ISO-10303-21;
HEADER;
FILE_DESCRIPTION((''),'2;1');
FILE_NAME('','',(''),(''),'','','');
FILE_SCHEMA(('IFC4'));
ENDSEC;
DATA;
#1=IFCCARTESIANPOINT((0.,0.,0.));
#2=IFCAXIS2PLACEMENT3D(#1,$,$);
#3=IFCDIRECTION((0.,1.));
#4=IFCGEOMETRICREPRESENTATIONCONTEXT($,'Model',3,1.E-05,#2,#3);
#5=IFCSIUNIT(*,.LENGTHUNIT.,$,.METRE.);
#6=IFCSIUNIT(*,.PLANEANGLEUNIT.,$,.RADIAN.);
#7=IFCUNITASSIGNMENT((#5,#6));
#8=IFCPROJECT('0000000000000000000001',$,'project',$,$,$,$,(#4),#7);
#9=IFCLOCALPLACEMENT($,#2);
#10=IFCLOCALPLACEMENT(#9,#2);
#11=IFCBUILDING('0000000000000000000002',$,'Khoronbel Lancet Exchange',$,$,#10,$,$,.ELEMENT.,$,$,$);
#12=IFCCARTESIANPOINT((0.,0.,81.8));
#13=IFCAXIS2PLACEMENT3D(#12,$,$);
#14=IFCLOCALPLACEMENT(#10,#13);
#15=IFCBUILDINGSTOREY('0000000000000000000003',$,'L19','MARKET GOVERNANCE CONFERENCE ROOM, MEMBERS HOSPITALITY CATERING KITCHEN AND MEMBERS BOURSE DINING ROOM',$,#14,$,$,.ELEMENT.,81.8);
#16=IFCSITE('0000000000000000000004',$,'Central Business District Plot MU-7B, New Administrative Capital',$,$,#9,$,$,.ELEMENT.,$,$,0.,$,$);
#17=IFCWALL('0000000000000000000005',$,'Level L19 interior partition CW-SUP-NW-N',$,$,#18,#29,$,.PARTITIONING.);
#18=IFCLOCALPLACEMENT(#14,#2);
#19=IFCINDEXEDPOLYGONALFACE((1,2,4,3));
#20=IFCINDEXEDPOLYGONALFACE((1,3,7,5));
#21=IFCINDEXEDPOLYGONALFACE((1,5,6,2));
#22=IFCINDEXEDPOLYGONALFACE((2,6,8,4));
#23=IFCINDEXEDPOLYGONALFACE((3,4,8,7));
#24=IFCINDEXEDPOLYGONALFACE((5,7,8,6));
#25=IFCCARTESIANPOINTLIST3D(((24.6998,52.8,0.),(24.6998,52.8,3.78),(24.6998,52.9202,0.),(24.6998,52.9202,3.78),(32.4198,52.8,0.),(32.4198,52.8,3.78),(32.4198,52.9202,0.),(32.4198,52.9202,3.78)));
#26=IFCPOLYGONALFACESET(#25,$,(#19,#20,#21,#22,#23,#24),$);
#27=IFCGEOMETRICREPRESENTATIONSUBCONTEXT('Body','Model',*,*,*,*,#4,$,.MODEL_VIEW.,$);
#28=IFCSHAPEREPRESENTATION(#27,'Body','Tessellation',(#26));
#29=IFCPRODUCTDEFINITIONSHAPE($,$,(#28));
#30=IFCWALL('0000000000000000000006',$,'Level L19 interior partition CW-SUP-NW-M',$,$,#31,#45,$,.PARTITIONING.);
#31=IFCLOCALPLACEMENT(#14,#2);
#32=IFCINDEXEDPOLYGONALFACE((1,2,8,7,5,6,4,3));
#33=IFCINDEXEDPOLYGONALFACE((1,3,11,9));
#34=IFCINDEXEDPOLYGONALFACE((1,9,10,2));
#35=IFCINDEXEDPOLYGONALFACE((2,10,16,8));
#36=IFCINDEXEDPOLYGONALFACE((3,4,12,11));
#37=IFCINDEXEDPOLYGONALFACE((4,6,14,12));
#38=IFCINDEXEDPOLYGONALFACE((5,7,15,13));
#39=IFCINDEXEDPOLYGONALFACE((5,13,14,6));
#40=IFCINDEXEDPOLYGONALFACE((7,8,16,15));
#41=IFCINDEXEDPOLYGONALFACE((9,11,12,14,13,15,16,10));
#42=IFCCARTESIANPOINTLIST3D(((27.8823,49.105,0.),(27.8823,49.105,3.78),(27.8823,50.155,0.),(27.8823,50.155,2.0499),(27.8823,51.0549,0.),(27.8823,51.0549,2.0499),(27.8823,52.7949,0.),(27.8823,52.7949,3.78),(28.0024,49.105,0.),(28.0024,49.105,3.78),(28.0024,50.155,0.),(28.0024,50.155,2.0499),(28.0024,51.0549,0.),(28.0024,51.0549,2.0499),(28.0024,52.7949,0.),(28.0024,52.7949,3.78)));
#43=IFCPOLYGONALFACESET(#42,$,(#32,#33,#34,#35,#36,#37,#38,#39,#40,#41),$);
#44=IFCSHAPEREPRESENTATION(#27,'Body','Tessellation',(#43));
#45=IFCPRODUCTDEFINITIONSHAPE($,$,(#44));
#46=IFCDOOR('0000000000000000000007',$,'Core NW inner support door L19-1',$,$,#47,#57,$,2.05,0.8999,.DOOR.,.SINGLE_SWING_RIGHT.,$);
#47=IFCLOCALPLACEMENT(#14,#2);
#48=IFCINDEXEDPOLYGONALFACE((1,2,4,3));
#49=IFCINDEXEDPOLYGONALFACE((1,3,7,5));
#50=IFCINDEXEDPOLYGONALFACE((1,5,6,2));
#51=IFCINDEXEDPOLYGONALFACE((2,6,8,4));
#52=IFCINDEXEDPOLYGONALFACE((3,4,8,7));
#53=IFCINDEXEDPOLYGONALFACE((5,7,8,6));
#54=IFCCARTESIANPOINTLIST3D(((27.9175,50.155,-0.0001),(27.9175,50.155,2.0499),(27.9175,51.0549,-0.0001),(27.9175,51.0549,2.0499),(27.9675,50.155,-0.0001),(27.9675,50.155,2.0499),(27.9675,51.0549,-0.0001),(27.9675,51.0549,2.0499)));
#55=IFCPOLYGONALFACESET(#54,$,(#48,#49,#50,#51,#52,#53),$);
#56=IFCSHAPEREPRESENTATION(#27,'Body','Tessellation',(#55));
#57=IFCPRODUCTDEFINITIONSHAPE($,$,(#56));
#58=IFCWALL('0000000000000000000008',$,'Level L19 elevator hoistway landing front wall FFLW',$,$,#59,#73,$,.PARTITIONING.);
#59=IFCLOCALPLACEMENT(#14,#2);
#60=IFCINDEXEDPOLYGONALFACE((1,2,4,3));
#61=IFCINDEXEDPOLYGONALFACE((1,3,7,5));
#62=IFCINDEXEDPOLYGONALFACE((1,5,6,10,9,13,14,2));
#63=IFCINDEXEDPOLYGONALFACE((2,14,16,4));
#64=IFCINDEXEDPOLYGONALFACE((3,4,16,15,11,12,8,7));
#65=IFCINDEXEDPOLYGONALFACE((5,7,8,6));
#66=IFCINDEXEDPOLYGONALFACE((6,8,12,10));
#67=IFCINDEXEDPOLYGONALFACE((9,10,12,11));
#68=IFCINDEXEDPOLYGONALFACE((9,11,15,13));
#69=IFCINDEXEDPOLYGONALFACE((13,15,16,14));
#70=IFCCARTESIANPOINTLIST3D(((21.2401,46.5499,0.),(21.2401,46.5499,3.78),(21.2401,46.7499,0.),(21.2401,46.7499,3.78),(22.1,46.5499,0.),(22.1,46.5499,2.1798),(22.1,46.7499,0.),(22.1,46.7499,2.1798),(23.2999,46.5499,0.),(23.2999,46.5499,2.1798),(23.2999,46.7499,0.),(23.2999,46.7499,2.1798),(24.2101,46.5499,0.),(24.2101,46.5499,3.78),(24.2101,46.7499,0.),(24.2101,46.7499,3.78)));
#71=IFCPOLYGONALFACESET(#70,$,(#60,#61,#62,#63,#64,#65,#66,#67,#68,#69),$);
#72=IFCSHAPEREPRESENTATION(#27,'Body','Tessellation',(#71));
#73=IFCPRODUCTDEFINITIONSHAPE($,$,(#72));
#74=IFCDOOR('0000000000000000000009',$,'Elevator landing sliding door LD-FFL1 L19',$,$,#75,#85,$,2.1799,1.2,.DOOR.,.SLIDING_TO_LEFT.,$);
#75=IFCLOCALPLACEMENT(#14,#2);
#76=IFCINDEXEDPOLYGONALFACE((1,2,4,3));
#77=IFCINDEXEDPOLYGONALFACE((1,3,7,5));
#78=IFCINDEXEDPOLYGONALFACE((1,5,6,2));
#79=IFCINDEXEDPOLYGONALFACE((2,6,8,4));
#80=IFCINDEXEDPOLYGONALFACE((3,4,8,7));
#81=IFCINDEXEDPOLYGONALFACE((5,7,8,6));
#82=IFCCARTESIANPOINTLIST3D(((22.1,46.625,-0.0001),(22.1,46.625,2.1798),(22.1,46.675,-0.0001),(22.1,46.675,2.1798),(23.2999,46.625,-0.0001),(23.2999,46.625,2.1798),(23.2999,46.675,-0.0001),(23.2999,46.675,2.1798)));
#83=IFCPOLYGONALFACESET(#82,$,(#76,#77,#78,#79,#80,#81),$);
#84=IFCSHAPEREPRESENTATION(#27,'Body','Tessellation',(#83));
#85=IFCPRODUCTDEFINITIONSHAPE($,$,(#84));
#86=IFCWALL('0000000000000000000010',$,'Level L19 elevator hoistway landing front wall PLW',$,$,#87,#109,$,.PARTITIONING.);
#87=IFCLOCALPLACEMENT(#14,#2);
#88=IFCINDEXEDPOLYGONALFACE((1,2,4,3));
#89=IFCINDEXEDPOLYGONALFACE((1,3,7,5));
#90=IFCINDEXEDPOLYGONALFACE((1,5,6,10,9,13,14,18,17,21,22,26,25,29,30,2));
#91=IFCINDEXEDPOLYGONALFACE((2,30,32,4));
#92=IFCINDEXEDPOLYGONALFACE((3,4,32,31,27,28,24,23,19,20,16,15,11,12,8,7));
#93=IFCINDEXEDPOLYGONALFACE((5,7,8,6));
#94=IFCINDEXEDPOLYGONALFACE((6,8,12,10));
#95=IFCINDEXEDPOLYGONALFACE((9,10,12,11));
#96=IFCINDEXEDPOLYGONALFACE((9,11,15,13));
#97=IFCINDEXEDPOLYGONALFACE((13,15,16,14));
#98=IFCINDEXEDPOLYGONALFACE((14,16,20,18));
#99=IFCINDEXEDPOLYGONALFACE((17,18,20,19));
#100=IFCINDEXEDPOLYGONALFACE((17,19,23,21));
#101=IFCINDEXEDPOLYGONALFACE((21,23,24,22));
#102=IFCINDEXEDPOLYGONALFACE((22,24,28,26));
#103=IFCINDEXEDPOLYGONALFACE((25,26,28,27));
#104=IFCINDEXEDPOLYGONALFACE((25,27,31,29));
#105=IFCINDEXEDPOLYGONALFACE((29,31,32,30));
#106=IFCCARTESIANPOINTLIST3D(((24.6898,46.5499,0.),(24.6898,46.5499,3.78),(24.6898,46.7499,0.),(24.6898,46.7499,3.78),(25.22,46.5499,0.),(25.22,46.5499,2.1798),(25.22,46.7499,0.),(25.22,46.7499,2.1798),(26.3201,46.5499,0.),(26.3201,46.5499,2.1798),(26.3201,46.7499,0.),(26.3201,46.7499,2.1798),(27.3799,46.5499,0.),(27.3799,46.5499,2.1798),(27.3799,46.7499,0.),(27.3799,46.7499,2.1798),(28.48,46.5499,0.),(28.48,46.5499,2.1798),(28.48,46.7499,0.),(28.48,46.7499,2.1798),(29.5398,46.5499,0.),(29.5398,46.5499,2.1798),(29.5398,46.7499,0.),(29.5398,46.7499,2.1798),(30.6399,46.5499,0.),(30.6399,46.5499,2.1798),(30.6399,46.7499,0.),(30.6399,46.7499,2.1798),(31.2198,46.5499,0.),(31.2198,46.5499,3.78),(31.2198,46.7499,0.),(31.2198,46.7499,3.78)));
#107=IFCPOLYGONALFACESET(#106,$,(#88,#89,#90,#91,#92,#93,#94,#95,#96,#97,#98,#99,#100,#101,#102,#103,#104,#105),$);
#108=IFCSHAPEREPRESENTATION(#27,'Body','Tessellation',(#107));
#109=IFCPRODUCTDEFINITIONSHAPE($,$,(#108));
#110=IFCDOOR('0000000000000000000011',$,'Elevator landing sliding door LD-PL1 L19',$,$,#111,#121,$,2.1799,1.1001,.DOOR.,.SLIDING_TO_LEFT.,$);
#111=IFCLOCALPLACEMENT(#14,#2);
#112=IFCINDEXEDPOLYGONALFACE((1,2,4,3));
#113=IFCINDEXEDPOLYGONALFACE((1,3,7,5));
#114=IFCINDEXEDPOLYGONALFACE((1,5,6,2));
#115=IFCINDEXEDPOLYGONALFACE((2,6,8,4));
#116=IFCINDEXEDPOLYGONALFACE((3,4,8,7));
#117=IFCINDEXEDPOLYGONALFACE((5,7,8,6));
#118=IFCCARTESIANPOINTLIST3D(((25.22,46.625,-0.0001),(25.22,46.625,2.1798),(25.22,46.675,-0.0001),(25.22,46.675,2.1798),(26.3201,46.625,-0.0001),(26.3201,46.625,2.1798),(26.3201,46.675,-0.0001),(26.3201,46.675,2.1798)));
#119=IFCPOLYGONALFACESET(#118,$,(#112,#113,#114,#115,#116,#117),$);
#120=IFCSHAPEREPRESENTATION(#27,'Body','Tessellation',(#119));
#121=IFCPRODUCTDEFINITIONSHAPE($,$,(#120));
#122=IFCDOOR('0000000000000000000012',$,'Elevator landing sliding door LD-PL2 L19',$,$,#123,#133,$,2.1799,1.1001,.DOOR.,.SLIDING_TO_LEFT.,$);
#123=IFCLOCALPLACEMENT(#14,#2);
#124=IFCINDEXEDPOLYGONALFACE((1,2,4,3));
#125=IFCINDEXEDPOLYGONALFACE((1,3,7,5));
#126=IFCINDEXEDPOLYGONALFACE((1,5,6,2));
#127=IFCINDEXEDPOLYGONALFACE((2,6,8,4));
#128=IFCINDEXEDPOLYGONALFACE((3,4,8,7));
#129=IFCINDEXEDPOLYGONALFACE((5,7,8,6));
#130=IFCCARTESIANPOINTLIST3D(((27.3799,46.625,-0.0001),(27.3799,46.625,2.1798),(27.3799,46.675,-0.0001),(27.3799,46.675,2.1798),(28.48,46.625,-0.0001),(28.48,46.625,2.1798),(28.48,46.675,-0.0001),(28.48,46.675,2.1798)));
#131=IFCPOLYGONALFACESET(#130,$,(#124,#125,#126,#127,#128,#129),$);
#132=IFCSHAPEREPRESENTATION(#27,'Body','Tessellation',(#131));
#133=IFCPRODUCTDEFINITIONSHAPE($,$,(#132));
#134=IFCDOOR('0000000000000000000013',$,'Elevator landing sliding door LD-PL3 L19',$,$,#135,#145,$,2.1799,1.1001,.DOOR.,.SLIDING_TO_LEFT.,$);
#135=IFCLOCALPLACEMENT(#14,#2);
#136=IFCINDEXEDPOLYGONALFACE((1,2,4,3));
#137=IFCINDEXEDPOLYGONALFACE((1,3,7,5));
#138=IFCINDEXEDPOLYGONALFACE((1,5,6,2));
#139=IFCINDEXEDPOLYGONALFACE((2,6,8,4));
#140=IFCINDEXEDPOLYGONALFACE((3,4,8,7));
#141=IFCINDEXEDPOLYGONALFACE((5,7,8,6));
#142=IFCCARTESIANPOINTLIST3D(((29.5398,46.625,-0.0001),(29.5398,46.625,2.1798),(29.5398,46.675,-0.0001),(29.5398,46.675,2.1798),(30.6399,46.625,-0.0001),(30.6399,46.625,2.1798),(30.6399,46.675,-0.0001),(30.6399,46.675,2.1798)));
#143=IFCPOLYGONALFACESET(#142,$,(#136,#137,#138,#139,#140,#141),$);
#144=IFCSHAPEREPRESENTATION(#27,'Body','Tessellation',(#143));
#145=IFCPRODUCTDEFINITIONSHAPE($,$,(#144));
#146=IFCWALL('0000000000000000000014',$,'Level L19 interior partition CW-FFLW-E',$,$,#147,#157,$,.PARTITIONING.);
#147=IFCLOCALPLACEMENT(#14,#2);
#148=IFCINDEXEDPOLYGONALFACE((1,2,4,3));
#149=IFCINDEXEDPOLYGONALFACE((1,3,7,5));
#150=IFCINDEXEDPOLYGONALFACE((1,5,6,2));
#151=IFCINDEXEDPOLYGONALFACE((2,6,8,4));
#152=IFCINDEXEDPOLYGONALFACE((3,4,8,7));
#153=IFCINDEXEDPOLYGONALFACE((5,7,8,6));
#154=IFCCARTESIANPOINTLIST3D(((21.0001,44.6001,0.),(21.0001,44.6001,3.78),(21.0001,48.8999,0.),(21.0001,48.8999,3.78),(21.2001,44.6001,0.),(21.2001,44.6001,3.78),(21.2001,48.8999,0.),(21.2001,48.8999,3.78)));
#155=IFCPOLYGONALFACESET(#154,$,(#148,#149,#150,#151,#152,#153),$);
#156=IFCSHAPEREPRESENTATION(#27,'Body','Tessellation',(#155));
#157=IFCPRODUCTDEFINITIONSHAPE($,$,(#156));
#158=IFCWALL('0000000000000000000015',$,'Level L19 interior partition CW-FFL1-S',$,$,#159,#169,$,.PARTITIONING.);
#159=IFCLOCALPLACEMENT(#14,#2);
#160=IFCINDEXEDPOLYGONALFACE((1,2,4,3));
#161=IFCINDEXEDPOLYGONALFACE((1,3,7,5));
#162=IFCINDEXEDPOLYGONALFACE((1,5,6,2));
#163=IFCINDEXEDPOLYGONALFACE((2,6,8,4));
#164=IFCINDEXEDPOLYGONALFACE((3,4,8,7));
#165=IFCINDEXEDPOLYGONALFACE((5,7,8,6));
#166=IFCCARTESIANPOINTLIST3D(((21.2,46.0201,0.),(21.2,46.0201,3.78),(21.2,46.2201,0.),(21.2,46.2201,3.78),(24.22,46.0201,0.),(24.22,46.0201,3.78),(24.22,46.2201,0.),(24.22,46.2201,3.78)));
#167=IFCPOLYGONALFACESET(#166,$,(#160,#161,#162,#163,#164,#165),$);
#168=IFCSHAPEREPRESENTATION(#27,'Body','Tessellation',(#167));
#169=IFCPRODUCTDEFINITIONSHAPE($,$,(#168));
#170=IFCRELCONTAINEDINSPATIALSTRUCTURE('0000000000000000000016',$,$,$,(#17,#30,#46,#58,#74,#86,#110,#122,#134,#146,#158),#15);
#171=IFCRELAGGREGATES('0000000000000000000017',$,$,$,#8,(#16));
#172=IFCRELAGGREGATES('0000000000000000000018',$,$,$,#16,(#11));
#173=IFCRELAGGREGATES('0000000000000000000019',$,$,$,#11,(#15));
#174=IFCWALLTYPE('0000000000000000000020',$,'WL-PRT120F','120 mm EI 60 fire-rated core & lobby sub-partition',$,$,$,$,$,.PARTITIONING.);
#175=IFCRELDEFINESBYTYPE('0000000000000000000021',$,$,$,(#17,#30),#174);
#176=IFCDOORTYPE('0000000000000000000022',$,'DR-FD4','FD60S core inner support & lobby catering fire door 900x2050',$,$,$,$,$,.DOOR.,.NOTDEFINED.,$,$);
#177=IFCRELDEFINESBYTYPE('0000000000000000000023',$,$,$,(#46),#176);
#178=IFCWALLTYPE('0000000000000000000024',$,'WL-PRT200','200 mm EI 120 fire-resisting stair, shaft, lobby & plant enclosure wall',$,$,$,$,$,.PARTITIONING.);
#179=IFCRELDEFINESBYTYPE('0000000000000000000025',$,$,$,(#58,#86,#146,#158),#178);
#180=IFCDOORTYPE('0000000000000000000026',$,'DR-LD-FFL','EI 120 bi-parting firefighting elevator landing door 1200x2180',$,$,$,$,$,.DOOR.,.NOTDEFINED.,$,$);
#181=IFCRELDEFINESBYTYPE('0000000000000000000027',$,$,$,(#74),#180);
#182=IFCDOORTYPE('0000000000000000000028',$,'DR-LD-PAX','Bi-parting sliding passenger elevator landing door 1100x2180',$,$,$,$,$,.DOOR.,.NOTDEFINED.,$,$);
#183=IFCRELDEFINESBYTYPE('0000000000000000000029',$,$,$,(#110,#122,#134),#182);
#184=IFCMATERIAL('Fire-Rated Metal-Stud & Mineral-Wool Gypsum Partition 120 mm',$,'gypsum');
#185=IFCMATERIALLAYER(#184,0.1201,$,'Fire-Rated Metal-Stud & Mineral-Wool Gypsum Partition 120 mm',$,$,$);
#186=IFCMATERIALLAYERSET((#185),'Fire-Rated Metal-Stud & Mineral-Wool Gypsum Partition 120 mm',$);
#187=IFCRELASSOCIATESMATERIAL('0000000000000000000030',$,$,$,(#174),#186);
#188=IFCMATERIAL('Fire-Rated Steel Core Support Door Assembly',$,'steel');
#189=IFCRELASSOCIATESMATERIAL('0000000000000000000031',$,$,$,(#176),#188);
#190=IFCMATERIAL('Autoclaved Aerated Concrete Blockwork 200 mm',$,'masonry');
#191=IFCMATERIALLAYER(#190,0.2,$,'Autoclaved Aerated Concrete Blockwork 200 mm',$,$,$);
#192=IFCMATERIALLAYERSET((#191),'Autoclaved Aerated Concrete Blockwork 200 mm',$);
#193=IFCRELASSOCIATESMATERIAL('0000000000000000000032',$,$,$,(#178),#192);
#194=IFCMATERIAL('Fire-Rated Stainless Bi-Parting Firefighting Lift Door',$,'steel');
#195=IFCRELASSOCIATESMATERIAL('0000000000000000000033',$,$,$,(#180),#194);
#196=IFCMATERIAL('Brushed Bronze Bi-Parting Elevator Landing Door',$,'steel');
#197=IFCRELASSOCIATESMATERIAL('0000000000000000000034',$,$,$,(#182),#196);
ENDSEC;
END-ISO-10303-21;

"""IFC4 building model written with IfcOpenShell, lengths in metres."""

from ifc_helpers import new_model, si_unit, direction, frame, frame_2d, origin, place, context, subcontext, project, spatial, rectangle, extrude, material, layer, layer_set, type_object, element, fill, save


model = new_model("IFC4")

# Units and contexts
model_context = context("Model", 3, precision=1e-05, world=origin(), true_north=direction((0.0, 1.0)))
body_context = subcontext(model_context, "Body", "Model", "MODEL_VIEW")
ifc_project = project(units=[si_unit("LENGTHUNIT", "METRE"), si_unit("PLANEANGLEUNIT", "RADIAN")], contexts=[model_context])

# Site, building, storey
site_placement = place(None, origin())
site = spatial("IfcSite", under=ifc_project, at=site_placement, Name="Central Business District Plot MU-7B, New Administrative Capital", CompositionType="ELEMENT", RefElevation=0.0)
building_placement = place(site_placement, origin())
building = spatial("IfcBuilding", under=site, at=building_placement, Name="Khoronbel Lancet Exchange", CompositionType="ELEMENT")
storey_placement = place(building_placement, frame((0.0, 0.0, 81.8)))
storey = spatial("IfcBuildingStorey", under=building, at=storey_placement, Name="L19", Description="MARKET GOVERNANCE CONFERENCE ROOM, MEMBERS HOSPITALITY CATERING KITCHEN AND MEMBERS BOURSE DINING ROOM", CompositionType="ELEMENT", Elevation=81.8)

# Wall
ifc_material_1 = material(Name="Fire-Rated Metal-Stud & Mineral-Wool Gypsum Partition 120 mm", Category="gypsum")
ifc_layer_1 = layer(ifc_material_1, 0.1201, Name="Fire-Rated Metal-Stud & Mineral-Wool Gypsum Partition 120 mm")
ifc_layer_set_1 = layer_set([ifc_layer_1], Name="Fire-Rated Metal-Stud & Mineral-Wool Gypsum Partition 120 mm")
wall_type_1 = type_object("IfcWallType", Name="WL-PRT120F", Description="120 mm EI 60 fire-rated core & lobby sub-partition", PredefinedType="PARTITIONING", material=ifc_layer_set_1)
wall_1_placement = place(storey_placement, frame((24.7, 52.8601, 0.0), z_axis=(0.0, 0.0, 1.0), x_axis=(1.0, 0.0, 0.0)))
element("IfcWall", 1, at=wall_1_placement, inside=storey, type_object=wall_type_1, Name="Level L19 interior partition CW-SUP-NW-N", PredefinedType="PARTITIONING", context=body_context, shape_type="SweptSolid", body=[
    extrude(rectangle(XDim=7.72, YDim=0.1201, at=frame_2d((3.8599, 0.0))), origin(), (0.0, 0.0, 1.0), 3.78),
])

# Walls, openings, doors
wall_2_placement = place(storey_placement, frame((27.9424, 49.105, 0.0), z_axis=(0.0, 0.0, 1.0), x_axis=(0.0, 1.0, 0.0)))
wall_2 = element("IfcWall", 2, at=wall_2_placement, inside=storey, type_object=wall_type_1, Name="Level L19 interior partition CW-SUP-NW-M", PredefinedType="PARTITIONING", context=body_context, shape_type="SweptSolid", body=[
    extrude(rectangle(XDim=3.6899, YDim=0.1201, at=frame_2d((1.845, 0.0))), origin(), (0.0, 0.0, 1.0), 3.78),
])
opening_1_placement = place(wall_2_placement, frame((1.05, 0.0, 0.0)))
opening_1 = element("IfcOpeningElement", 3, at=opening_1_placement, cuts=wall_2, PredefinedType="OPENING", context=body_context, shape_type="SweptSolid", body=[
    extrude(rectangle(XDim=0.8999, YDim=2.05, at=frame_2d((0.45, 1.0249))), frame((0.0, 0.0701, 0.0), z_axis=(0.0, -1.0, 0.0), x_axis=(1.0, 0.0, 0.0)), (0.0, 0.0, 1.0), 0.1401),
])
ifc_material_2 = material(Name="Fire-Rated Steel Core Support Door Assembly", Category="steel")
door_type_1 = type_object("IfcDoorType", Name="DR-FD4", Description="FD60S core inner support & lobby catering fire door 900x2050", OperationType="NOTDEFINED", PredefinedType="DOOR", material=ifc_material_2)
door_1_placement = place(opening_1_placement, origin())
door_1 = element("IfcDoor", 4, at=door_1_placement, inside=storey, type_object=door_type_1, Name="Core NW inner support door L19-1", OperationType="SINGLE_SWING_RIGHT", OverallHeight=2.05, OverallWidth=0.8999, PredefinedType="DOOR", context=body_context, shape_type="SweptSolid", body=[
    extrude(rectangle(XDim=0.8999, YDim=2.05, at=frame_2d((0.45, 1.0249))), frame((0.0, 0.0249, 0.0), z_axis=(0.0, -1.0, 0.0), x_axis=(1.0, 0.0, 0.0)), (0.0, 0.0, 1.0), 0.05),
])
fill(opening_1, door_1)
ifc_material_3 = material(Name="Autoclaved Aerated Concrete Blockwork 200 mm", Category="masonry")
ifc_layer_2 = layer(ifc_material_3, 0.2, Name="Autoclaved Aerated Concrete Blockwork 200 mm")
ifc_layer_set_2 = layer_set([ifc_layer_2], Name="Autoclaved Aerated Concrete Blockwork 200 mm")
wall_type_2 = type_object("IfcWallType", Name="WL-PRT200", Description="200 mm EI 120 fire-resisting stair, shaft, lobby & plant enclosure wall", PredefinedType="PARTITIONING", material=ifc_layer_set_2)
wall_3_placement = place(storey_placement, frame((24.21, 46.6499, 0.0), z_axis=(0.0, 0.0, 1.0), x_axis=(-1.0, 0.0, 0.0)))
wall_3 = element("IfcWall", 5, at=wall_3_placement, inside=storey, type_object=wall_type_2, Name="Level L19 elevator hoistway landing front wall FFLW", PredefinedType="PARTITIONING", context=body_context, shape_type="SweptSolid", body=[
    extrude(rectangle(XDim=2.97, YDim=0.2, at=frame_2d((1.4849, 0.0))), origin(), (0.0, 0.0, 1.0), 3.78),
])
opening_2_placement = place(wall_3_placement, frame((0.9099, 0.0, 0.0)))
opening_2 = element("IfcOpeningElement", 6, at=opening_2_placement, cuts=wall_3, PredefinedType="OPENING", context=body_context, shape_type="SweptSolid", body=[
    extrude(rectangle(XDim=1.2, YDim=2.1799, at=frame_2d((0.6001, 1.0898))), frame((0.0, 0.1099, 0.0), z_axis=(0.0, -1.0, 0.0), x_axis=(1.0, 0.0, 0.0)), (0.0, 0.0, 1.0), 0.22),
])
ifc_material_4 = material(Name="Fire-Rated Stainless Bi-Parting Firefighting Lift Door", Category="steel")
door_type_2 = type_object("IfcDoorType", Name="DR-LD-FFL", Description="EI 120 bi-parting firefighting elevator landing door 1200x2180", OperationType="NOTDEFINED", PredefinedType="DOOR", material=ifc_material_4)
door_2_placement = place(opening_2_placement, origin())
door_2 = element("IfcDoor", 7, at=door_2_placement, inside=storey, type_object=door_type_2, Name="Elevator landing sliding door LD-FFL1 L19", OperationType="SLIDING_TO_LEFT", OverallHeight=2.1799, OverallWidth=1.2, PredefinedType="DOOR", context=body_context, shape_type="SweptSolid", body=[
    extrude(rectangle(XDim=1.2, YDim=2.1799, at=frame_2d((0.6001, 1.0898))), frame((0.0, 0.0249, 0.0), z_axis=(0.0, -1.0, 0.0), x_axis=(1.0, 0.0, 0.0)), (0.0, 0.0, 1.0), 0.05),
])
fill(opening_2, door_2)

# Wall, openings, doors
wall_4_placement = place(storey_placement, frame((31.22, 46.6499, 0.0), z_axis=(0.0, 0.0, 1.0), x_axis=(-1.0, 0.0, 0.0)))
wall_4 = element("IfcWall", 8, at=wall_4_placement, inside=storey, type_object=wall_type_2, Name="Level L19 elevator hoistway landing front wall PLW", PredefinedType="PARTITIONING", context=body_context, shape_type="SweptSolid", body=[
    extrude(rectangle(XDim=6.53, YDim=0.2, at=frame_2d((3.2651, 0.0))), origin(), (0.0, 0.0, 1.0), 3.78),
])
opening_3_placement = place(wall_4_placement, frame((4.8999, 0.0, 0.0)))
opening_3 = element("IfcOpeningElement", 9, at=opening_3_placement, cuts=wall_4, PredefinedType="OPENING", context=body_context, shape_type="SweptSolid", body=[
    extrude(rectangle(XDim=1.1001, YDim=2.1799, at=frame_2d((0.55, 1.0898))), frame((0.0, 0.1099, 0.0), z_axis=(0.0, -1.0, 0.0), x_axis=(1.0, 0.0, 0.0)), (0.0, 0.0, 1.0), 0.22),
])
opening_4_placement = place(wall_4_placement, frame((2.74, 0.0, 0.0)))
opening_4 = element("IfcOpeningElement", 10, at=opening_4_placement, cuts=wall_4, PredefinedType="OPENING", context=body_context, shape_type="SweptSolid", body=[
    extrude(rectangle(XDim=1.1001, YDim=2.1799, at=frame_2d((0.55, 1.0898))), frame((0.0, 0.1099, 0.0), z_axis=(0.0, -1.0, 0.0), x_axis=(1.0, 0.0, 0.0)), (0.0, 0.0, 1.0), 0.22),
])
opening_5_placement = place(wall_4_placement, frame((0.5801, 0.0, 0.0)))
opening_5 = element("IfcOpeningElement", 11, at=opening_5_placement, cuts=wall_4, PredefinedType="OPENING", context=body_context, shape_type="SweptSolid", body=[
    extrude(rectangle(XDim=1.1001, YDim=2.1799, at=frame_2d((0.55, 1.0898))), frame((0.0, 0.1099, 0.0), z_axis=(0.0, -1.0, 0.0), x_axis=(1.0, 0.0, 0.0)), (0.0, 0.0, 1.0), 0.22),
])
ifc_material_5 = material(Name="Brushed Bronze Bi-Parting Elevator Landing Door", Category="steel")
door_type_3 = type_object("IfcDoorType", Name="DR-LD-PAX", Description="Bi-parting sliding passenger elevator landing door 1100x2180", OperationType="NOTDEFINED", PredefinedType="DOOR", material=ifc_material_5)
door_3_placement = place(opening_3_placement, origin())
door_3 = element("IfcDoor", 12, at=door_3_placement, inside=storey, type_object=door_type_3, Name="Elevator landing sliding door LD-PL1 L19", OperationType="SLIDING_TO_LEFT", OverallHeight=2.1799, OverallWidth=1.1001, PredefinedType="DOOR", context=body_context, shape_type="SweptSolid", body=[
    extrude(rectangle(XDim=1.1001, YDim=2.1799, at=frame_2d((0.55, 1.0898))), frame((0.0, 0.0249, 0.0), z_axis=(0.0, -1.0, 0.0), x_axis=(1.0, 0.0, 0.0)), (0.0, 0.0, 1.0), 0.05),
])
fill(opening_3, door_3)
door_4_placement = place(opening_4_placement, origin())
door_4 = element("IfcDoor", 13, at=door_4_placement, inside=storey, type_object=door_type_3, Name="Elevator landing sliding door LD-PL2 L19", OperationType="SLIDING_TO_LEFT", OverallHeight=2.1799, OverallWidth=1.1001, PredefinedType="DOOR", context=body_context, shape_type="SweptSolid", body=[
    extrude(rectangle(XDim=1.1001, YDim=2.1799, at=frame_2d((0.55, 1.0898))), frame((0.0, 0.0249, 0.0), z_axis=(0.0, -1.0, 0.0), x_axis=(1.0, 0.0, 0.0)), (0.0, 0.0, 1.0), 0.05),
])
fill(opening_4, door_4)
door_5_placement = place(opening_5_placement, origin())
door_5 = element("IfcDoor", 14, at=door_5_placement, inside=storey, type_object=door_type_3, Name="Elevator landing sliding door LD-PL3 L19", OperationType="SLIDING_TO_LEFT", OverallHeight=2.1799, OverallWidth=1.1001, PredefinedType="DOOR", context=body_context, shape_type="SweptSolid", body=[
    extrude(rectangle(XDim=1.1001, YDim=2.1799, at=frame_2d((0.55, 1.0898))), frame((0.0, 0.0249, 0.0), z_axis=(0.0, -1.0, 0.0), x_axis=(1.0, 0.0, 0.0)), (0.0, 0.0, 1.0), 0.05),
])
fill(opening_5, door_5)

# Walls
wall_5_placement = place(storey_placement, frame((21.1001, 44.6001, 0.0), z_axis=(0.0, 0.0, 1.0), x_axis=(0.0, 1.0, 0.0)))
element("IfcWall", 15, at=wall_5_placement, inside=storey, type_object=wall_type_2, Name="Level L19 interior partition CW-FFLW-E", PredefinedType="PARTITIONING", context=body_context, shape_type="SweptSolid", body=[
    extrude(rectangle(XDim=4.2998, YDim=0.2, at=frame_2d((2.1499, 0.0))), origin(), (0.0, 0.0, 1.0), 3.78),
])
wall_6_placement = place(storey_placement, frame((21.2, 46.1201, 0.0), z_axis=(0.0, 0.0, 1.0), x_axis=(1.0, 0.0, 0.0)))
element("IfcWall", 16, at=wall_6_placement, inside=storey, type_object=wall_type_2, Name="Level L19 interior partition CW-FFL1-S", PredefinedType="PARTITIONING", context=body_context, shape_type="SweptSolid", body=[
    extrude(rectangle(XDim=3.02, YDim=0.2, at=frame_2d((1.51, 0.0))), origin(), (0.0, 0.0, 1.0), 3.78),
])

save(model, "model.ifc")
